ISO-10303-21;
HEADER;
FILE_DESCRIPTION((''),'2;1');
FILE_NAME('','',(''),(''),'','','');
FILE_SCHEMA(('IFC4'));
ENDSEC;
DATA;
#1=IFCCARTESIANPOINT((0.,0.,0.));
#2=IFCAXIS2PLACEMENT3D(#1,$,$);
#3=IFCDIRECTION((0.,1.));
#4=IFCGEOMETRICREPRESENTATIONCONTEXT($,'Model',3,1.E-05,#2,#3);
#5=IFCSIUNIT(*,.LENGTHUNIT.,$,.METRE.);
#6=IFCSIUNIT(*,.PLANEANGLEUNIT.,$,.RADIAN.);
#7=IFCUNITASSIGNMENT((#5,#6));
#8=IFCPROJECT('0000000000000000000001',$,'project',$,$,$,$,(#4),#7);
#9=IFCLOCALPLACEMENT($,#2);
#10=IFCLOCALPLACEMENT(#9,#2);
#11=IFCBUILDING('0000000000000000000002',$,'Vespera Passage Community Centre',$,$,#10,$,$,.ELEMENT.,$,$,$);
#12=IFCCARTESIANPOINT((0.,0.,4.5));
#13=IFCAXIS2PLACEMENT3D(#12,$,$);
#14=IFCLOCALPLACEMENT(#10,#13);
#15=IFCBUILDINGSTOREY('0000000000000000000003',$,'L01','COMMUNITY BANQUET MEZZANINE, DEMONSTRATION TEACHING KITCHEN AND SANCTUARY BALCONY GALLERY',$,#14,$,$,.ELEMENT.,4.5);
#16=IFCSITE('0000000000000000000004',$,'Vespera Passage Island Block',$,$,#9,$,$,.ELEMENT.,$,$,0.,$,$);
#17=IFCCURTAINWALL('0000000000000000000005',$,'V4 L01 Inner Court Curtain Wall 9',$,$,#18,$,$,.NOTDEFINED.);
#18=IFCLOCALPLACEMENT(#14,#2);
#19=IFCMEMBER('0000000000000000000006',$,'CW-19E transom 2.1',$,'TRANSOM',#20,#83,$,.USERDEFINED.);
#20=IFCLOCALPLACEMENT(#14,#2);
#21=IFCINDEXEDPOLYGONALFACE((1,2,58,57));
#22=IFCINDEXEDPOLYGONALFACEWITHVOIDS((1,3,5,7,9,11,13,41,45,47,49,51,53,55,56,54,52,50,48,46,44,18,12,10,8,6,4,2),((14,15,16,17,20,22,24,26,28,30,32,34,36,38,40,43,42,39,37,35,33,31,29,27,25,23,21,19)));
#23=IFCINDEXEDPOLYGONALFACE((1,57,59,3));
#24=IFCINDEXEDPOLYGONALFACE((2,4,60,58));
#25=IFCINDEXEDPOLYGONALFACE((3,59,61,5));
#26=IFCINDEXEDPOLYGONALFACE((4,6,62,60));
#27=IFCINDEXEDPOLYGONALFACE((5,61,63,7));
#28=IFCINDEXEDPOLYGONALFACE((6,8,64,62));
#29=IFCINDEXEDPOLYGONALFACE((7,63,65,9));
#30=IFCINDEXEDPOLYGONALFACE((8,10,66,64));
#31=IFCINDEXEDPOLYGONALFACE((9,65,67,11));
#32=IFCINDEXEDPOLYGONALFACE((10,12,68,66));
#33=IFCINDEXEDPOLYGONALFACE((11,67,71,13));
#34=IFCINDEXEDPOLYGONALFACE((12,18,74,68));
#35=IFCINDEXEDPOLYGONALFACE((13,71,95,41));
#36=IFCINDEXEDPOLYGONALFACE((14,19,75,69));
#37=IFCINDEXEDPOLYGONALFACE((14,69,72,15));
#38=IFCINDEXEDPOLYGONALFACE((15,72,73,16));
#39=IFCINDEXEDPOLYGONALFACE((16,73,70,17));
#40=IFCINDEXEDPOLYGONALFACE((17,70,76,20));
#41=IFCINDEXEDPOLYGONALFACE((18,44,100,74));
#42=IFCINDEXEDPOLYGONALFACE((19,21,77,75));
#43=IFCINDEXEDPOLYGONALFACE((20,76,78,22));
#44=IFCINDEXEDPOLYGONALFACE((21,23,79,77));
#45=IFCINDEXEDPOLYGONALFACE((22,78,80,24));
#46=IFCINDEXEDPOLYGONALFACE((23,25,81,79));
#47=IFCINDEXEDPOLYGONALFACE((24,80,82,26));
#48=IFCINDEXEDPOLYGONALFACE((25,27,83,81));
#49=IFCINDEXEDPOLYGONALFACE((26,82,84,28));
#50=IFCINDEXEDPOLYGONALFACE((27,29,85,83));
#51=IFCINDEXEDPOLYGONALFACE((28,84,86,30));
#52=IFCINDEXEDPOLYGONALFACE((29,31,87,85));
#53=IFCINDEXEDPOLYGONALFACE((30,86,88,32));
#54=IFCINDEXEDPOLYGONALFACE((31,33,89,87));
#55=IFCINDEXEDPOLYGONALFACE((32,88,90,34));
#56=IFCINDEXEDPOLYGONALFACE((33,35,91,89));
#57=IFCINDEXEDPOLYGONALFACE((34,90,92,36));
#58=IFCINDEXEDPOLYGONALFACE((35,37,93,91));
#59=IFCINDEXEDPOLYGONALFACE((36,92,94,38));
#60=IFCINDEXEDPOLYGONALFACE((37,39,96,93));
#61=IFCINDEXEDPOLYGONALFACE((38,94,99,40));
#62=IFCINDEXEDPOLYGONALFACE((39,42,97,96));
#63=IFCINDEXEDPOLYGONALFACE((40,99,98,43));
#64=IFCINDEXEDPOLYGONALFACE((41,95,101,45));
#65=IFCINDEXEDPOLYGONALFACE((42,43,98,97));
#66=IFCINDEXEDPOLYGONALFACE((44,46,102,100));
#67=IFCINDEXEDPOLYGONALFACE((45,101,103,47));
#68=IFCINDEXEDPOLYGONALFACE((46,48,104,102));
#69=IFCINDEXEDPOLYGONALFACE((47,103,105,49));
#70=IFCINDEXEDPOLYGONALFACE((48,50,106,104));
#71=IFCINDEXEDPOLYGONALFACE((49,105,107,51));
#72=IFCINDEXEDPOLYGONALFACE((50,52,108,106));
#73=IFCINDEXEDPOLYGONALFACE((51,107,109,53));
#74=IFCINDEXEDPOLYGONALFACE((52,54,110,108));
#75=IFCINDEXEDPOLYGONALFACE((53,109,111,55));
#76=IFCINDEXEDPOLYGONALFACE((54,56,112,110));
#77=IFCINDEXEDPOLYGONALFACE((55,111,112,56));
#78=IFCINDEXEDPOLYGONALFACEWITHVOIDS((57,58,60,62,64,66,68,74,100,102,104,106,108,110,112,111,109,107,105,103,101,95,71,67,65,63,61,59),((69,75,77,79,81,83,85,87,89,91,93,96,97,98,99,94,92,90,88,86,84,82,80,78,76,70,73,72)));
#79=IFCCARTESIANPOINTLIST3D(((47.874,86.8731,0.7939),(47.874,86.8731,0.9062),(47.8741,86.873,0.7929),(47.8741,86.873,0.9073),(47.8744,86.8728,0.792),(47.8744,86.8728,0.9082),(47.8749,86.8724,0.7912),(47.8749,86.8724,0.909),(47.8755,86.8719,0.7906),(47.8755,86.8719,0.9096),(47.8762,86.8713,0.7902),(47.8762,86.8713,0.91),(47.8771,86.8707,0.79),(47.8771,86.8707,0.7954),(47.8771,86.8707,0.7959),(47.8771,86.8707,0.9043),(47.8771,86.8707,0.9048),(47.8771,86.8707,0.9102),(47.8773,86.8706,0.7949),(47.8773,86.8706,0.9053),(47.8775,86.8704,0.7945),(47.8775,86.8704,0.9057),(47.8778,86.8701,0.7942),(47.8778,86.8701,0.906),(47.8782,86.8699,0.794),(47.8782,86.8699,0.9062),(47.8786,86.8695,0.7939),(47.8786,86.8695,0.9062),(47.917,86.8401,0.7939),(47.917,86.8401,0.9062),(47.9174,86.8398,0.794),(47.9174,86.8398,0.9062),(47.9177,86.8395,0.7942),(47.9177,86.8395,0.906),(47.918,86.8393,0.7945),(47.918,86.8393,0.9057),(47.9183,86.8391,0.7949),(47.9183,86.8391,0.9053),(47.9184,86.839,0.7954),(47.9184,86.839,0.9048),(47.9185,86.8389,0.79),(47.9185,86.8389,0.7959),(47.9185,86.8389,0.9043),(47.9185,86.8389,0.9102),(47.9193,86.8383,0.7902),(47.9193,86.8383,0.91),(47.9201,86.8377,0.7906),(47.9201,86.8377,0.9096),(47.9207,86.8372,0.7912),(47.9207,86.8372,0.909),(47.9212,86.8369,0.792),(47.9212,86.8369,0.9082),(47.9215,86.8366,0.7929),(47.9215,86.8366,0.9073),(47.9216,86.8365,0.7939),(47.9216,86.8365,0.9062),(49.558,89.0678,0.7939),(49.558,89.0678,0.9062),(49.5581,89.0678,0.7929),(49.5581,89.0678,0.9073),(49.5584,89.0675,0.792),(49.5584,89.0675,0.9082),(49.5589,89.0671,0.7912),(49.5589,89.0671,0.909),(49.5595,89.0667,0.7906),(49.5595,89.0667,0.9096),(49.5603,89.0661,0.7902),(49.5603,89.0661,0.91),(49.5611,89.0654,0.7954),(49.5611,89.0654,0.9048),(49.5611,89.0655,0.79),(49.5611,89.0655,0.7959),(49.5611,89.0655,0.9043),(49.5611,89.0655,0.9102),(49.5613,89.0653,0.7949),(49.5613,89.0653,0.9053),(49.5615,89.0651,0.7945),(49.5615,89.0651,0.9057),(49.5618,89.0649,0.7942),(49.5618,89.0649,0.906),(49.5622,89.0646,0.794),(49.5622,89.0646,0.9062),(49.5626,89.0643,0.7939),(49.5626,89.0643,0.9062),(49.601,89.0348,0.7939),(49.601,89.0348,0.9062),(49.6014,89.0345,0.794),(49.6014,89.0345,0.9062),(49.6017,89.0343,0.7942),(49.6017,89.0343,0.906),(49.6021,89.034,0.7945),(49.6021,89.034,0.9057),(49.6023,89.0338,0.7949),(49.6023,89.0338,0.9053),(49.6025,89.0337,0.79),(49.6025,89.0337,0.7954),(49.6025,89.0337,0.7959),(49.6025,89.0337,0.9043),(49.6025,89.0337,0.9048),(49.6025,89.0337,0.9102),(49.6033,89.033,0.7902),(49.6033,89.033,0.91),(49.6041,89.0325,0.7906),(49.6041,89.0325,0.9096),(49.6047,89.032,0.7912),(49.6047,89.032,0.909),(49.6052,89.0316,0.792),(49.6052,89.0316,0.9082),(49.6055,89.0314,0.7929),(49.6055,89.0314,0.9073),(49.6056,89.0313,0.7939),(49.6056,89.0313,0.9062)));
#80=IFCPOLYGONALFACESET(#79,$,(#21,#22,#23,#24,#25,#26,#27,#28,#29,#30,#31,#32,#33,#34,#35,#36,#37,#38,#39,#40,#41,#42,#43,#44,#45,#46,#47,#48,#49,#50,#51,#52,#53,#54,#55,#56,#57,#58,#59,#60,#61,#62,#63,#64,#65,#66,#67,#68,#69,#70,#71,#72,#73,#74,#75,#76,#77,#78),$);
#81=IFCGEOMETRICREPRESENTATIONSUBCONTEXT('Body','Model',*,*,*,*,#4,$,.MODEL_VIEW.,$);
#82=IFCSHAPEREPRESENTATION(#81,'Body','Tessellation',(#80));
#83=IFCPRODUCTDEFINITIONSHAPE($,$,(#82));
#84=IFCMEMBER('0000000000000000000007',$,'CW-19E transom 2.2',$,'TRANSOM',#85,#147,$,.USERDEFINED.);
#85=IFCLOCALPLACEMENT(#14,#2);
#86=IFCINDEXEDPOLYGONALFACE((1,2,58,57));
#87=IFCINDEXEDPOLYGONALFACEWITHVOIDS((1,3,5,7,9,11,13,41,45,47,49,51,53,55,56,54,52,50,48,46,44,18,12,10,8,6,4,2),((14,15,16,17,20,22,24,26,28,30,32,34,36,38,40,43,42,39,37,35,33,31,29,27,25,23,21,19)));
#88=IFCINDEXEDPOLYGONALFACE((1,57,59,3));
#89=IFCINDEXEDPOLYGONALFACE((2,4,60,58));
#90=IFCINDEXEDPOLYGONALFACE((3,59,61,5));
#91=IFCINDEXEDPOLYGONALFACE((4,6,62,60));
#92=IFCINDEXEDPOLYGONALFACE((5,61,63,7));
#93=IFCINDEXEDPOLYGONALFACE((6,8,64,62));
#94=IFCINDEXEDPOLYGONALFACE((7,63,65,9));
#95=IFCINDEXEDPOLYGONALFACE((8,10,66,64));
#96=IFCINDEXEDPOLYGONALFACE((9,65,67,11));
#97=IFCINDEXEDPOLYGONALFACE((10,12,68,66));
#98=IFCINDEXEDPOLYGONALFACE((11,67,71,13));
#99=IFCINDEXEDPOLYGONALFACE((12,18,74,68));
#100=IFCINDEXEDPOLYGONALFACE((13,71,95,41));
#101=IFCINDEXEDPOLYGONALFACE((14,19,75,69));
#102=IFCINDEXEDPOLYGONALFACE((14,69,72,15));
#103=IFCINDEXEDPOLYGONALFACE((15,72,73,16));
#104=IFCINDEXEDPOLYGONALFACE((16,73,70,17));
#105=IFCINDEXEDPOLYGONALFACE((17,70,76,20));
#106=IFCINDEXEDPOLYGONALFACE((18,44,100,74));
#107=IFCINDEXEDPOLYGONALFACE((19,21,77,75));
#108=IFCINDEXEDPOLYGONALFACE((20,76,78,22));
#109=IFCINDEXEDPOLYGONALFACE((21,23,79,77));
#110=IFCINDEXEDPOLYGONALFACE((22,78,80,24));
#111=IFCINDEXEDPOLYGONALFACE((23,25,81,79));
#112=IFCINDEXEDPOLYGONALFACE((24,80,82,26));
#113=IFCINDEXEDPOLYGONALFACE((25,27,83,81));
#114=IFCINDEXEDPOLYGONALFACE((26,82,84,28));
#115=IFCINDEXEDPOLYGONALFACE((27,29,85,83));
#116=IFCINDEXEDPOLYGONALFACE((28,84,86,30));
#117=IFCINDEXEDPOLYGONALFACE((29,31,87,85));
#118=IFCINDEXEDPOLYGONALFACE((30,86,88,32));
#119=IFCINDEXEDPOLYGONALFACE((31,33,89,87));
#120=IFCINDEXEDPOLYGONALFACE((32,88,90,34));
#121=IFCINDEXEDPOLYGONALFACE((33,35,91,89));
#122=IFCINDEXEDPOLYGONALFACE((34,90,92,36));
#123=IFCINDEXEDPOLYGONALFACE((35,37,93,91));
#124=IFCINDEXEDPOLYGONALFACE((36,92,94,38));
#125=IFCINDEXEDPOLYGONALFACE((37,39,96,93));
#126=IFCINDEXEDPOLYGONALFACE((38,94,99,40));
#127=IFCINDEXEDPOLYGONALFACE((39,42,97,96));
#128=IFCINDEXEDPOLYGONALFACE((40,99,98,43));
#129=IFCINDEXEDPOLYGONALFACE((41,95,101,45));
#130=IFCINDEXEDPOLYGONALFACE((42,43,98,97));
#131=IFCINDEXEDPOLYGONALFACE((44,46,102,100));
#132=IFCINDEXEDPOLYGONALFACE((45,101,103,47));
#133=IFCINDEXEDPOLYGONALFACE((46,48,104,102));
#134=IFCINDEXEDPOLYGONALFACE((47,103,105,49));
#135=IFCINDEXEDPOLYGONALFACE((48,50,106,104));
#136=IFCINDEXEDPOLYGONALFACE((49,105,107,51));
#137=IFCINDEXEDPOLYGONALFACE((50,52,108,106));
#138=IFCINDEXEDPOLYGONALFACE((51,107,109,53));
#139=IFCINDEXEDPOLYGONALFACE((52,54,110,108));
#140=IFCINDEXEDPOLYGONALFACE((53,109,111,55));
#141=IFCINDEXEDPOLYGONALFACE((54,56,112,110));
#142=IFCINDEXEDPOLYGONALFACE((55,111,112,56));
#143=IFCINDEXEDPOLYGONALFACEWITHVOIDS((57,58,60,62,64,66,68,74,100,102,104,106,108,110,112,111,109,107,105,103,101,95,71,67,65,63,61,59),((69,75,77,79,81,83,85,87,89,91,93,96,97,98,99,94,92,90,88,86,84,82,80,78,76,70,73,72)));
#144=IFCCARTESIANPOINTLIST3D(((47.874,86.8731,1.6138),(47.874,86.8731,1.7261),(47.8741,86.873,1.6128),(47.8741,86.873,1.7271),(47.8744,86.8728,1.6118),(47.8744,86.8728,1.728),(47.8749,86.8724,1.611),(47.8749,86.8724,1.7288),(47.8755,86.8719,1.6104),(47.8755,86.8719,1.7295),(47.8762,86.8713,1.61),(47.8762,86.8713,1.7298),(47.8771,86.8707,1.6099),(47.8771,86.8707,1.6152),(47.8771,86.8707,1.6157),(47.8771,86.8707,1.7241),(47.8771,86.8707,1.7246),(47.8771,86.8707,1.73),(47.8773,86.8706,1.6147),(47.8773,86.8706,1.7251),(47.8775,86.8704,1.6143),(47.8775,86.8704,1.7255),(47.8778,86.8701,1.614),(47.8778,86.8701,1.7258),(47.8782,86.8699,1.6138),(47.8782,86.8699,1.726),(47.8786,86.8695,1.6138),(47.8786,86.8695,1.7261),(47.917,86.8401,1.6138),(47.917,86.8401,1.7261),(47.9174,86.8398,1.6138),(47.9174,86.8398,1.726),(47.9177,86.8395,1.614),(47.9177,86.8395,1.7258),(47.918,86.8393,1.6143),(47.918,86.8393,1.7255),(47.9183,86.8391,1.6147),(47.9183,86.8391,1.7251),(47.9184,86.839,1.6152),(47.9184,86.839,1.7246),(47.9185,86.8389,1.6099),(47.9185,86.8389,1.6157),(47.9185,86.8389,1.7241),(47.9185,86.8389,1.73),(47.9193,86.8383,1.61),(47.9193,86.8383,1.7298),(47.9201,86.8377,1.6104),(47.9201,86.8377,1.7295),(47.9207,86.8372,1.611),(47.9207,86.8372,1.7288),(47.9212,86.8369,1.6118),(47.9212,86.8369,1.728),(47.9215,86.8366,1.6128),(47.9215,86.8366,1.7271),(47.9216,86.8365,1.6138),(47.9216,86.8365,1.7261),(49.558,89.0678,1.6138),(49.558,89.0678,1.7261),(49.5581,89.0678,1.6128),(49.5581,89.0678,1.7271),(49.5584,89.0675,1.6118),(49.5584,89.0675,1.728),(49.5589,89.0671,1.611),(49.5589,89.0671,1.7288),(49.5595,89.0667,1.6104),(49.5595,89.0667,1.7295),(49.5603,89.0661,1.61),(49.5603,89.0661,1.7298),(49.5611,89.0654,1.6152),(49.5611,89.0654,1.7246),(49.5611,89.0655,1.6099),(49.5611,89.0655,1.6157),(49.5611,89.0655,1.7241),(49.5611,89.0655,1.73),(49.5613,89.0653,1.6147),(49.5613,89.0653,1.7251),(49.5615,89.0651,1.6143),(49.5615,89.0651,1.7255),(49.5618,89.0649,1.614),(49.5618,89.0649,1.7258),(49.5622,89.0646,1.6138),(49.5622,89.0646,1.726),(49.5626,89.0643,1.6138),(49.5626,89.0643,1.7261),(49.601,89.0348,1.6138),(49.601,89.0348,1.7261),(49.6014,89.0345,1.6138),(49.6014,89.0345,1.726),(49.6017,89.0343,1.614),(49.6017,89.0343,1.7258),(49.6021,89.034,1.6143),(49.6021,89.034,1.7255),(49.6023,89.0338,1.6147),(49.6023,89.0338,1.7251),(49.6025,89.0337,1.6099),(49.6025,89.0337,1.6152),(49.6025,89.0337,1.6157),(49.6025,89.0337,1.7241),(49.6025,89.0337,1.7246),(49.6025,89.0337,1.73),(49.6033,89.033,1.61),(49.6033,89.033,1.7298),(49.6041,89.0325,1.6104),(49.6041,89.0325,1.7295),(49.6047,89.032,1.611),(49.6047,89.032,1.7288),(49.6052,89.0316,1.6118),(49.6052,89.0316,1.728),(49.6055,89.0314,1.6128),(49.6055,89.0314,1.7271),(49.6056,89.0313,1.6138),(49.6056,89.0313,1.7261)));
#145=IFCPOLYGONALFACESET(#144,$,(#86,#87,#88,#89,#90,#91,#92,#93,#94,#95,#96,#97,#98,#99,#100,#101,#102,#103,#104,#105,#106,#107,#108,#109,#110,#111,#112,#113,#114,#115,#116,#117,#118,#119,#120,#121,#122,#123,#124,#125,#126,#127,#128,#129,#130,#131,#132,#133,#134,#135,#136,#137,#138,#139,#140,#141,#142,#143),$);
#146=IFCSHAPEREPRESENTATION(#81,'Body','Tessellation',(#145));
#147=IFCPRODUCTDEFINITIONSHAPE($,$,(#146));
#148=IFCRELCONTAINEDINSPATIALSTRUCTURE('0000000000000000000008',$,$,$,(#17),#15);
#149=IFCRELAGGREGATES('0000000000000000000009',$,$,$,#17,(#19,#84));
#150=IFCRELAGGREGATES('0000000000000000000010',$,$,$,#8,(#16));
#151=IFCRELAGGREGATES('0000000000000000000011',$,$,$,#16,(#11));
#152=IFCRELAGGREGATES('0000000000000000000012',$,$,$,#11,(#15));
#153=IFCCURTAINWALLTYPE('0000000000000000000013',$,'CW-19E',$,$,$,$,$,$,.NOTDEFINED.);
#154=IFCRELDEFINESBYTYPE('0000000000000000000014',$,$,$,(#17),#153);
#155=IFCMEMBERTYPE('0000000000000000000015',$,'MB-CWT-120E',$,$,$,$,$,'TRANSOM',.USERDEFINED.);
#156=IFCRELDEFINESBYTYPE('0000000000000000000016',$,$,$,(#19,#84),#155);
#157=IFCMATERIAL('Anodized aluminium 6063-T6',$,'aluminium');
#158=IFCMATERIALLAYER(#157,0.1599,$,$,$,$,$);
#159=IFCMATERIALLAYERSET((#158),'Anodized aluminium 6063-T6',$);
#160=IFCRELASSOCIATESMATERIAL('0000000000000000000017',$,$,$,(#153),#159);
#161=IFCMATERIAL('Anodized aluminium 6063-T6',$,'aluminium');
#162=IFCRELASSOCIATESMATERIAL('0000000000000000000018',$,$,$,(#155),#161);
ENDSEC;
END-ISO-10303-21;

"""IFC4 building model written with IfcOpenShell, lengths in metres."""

from ifc_helpers import new_model, si_unit, direction, frame, origin, origin_2d, place, context, subcontext, project, spatial, hollow_rectangle, extrude, material, layer, layer_set, material_profile, profile_set, type_object, element, aggregate, save


model = new_model("IFC4")

# Units and contexts
model_context = context("Model", 3, precision=1e-05, world=origin(), true_north=direction((0.0, 1.0)))
body_context = subcontext(model_context, "Body", "Model", "MODEL_VIEW")
ifc_project = project(units=[si_unit("LENGTHUNIT", "METRE"), si_unit("PLANEANGLEUNIT", "RADIAN")], contexts=[model_context])

# Site, building, storey
site_placement = place(None, origin())
site = spatial("IfcSite", under=ifc_project, at=site_placement, Name="Vespera Passage Island Block", CompositionType="ELEMENT", RefElevation=0.0)
building_placement = place(site_placement, origin())
building = spatial("IfcBuilding", under=site, at=building_placement, Name="Vespera Passage Community Centre", CompositionType="ELEMENT")
storey_placement = place(building_placement, frame((0.0, 0.0, 4.5)))
storey = spatial("IfcBuildingStorey", under=building, at=storey_placement, Name="L01", Description="COMMUNITY BANQUET MEZZANINE, DEMONSTRATION TEACHING KITCHEN AND SANCTUARY BALCONY GALLERY", CompositionType="ELEMENT", Elevation=4.5)

# Curtain wall
ifc_material_1 = material(Name="Anodized aluminium 6063-T6", Category="aluminium")
ifc_layer_1 = layer(ifc_material_1, 0.1599)
ifc_layer_set_1 = layer_set([ifc_layer_1], Name="Anodized aluminium 6063-T6")
curtain_wall_type_1 = type_object("IfcCurtainWallType", Name="CW-19E", PredefinedType="NOTDEFINED", material=ifc_layer_set_1)
curtain_wall_1_placement = place(storey_placement, origin())
curtain_wall_1 = element("IfcCurtainWall", 1, at=curtain_wall_1_placement, inside=storey, type_object=curtain_wall_type_1, Name="V4 L01 Inner Court Curtain Wall 9", PredefinedType="NOTDEFINED")

# Members
ifc_material_2 = material(Name="Anodized aluminium 6063-T6", Category="aluminium")
ifc_material_profile_1 = material_profile(ifc_material_2, hollow_rectangle(XDim=0.0601, YDim=0.1201, WallThickness=0.0039, InnerFilletRadius=0.002, OuterFilletRadius=0.0039, at=origin_2d()), Name="ALU120X60X4")
ifc_profile_set_1 = profile_set([ifc_material_profile_1], Name="Anodized aluminium 6063-T6")
member_type_1 = type_object("IfcMemberType", Name="MB-CWT-120E", ElementType="TRANSOM", PredefinedType="USERDEFINED", material=ifc_profile_set_1)
member_1_placement = place(storey_placement, frame((49.5818, 89.0496, 0.8501), z_axis=(-0.608746, -0.793365, 0.0), x_axis=(0.793365, -0.608746, 0.0)))
member_1 = element("IfcMember", 2, at=member_1_placement, type_object=member_type_1, Name="CW-19E transom 2.1", ObjectType="TRANSOM", PredefinedType="USERDEFINED", context=body_context, shape_type="SweptSolid", body=[
    extrude(hollow_rectangle(XDim=0.0601, YDim=0.1201, WallThickness=0.0039, InnerFilletRadius=0.002, OuterFilletRadius=0.0039, at=origin_2d()), origin(), (0.0, 0.0, 1.0), 2.7664),
])
member_2_placement = place(storey_placement, frame((49.5818, 89.0496, 1.6699), z_axis=(-0.608746, -0.793365, 0.0), x_axis=(0.793365, -0.608746, 0.0)))
member_2 = element("IfcMember", 3, at=member_2_placement, type_object=member_type_1, Name="CW-19E transom 2.2", ObjectType="TRANSOM", PredefinedType="USERDEFINED", context=body_context, shape_type="SweptSolid", body=[
    extrude(hollow_rectangle(XDim=0.0601, YDim=0.1201, WallThickness=0.0039, InnerFilletRadius=0.002, OuterFilletRadius=0.0039, at=origin_2d()), origin(), (0.0, 0.0, 1.0), 2.7664),
])

aggregate(curtain_wall_1, [member_1, member_2])

save(model, "model.ifc")
